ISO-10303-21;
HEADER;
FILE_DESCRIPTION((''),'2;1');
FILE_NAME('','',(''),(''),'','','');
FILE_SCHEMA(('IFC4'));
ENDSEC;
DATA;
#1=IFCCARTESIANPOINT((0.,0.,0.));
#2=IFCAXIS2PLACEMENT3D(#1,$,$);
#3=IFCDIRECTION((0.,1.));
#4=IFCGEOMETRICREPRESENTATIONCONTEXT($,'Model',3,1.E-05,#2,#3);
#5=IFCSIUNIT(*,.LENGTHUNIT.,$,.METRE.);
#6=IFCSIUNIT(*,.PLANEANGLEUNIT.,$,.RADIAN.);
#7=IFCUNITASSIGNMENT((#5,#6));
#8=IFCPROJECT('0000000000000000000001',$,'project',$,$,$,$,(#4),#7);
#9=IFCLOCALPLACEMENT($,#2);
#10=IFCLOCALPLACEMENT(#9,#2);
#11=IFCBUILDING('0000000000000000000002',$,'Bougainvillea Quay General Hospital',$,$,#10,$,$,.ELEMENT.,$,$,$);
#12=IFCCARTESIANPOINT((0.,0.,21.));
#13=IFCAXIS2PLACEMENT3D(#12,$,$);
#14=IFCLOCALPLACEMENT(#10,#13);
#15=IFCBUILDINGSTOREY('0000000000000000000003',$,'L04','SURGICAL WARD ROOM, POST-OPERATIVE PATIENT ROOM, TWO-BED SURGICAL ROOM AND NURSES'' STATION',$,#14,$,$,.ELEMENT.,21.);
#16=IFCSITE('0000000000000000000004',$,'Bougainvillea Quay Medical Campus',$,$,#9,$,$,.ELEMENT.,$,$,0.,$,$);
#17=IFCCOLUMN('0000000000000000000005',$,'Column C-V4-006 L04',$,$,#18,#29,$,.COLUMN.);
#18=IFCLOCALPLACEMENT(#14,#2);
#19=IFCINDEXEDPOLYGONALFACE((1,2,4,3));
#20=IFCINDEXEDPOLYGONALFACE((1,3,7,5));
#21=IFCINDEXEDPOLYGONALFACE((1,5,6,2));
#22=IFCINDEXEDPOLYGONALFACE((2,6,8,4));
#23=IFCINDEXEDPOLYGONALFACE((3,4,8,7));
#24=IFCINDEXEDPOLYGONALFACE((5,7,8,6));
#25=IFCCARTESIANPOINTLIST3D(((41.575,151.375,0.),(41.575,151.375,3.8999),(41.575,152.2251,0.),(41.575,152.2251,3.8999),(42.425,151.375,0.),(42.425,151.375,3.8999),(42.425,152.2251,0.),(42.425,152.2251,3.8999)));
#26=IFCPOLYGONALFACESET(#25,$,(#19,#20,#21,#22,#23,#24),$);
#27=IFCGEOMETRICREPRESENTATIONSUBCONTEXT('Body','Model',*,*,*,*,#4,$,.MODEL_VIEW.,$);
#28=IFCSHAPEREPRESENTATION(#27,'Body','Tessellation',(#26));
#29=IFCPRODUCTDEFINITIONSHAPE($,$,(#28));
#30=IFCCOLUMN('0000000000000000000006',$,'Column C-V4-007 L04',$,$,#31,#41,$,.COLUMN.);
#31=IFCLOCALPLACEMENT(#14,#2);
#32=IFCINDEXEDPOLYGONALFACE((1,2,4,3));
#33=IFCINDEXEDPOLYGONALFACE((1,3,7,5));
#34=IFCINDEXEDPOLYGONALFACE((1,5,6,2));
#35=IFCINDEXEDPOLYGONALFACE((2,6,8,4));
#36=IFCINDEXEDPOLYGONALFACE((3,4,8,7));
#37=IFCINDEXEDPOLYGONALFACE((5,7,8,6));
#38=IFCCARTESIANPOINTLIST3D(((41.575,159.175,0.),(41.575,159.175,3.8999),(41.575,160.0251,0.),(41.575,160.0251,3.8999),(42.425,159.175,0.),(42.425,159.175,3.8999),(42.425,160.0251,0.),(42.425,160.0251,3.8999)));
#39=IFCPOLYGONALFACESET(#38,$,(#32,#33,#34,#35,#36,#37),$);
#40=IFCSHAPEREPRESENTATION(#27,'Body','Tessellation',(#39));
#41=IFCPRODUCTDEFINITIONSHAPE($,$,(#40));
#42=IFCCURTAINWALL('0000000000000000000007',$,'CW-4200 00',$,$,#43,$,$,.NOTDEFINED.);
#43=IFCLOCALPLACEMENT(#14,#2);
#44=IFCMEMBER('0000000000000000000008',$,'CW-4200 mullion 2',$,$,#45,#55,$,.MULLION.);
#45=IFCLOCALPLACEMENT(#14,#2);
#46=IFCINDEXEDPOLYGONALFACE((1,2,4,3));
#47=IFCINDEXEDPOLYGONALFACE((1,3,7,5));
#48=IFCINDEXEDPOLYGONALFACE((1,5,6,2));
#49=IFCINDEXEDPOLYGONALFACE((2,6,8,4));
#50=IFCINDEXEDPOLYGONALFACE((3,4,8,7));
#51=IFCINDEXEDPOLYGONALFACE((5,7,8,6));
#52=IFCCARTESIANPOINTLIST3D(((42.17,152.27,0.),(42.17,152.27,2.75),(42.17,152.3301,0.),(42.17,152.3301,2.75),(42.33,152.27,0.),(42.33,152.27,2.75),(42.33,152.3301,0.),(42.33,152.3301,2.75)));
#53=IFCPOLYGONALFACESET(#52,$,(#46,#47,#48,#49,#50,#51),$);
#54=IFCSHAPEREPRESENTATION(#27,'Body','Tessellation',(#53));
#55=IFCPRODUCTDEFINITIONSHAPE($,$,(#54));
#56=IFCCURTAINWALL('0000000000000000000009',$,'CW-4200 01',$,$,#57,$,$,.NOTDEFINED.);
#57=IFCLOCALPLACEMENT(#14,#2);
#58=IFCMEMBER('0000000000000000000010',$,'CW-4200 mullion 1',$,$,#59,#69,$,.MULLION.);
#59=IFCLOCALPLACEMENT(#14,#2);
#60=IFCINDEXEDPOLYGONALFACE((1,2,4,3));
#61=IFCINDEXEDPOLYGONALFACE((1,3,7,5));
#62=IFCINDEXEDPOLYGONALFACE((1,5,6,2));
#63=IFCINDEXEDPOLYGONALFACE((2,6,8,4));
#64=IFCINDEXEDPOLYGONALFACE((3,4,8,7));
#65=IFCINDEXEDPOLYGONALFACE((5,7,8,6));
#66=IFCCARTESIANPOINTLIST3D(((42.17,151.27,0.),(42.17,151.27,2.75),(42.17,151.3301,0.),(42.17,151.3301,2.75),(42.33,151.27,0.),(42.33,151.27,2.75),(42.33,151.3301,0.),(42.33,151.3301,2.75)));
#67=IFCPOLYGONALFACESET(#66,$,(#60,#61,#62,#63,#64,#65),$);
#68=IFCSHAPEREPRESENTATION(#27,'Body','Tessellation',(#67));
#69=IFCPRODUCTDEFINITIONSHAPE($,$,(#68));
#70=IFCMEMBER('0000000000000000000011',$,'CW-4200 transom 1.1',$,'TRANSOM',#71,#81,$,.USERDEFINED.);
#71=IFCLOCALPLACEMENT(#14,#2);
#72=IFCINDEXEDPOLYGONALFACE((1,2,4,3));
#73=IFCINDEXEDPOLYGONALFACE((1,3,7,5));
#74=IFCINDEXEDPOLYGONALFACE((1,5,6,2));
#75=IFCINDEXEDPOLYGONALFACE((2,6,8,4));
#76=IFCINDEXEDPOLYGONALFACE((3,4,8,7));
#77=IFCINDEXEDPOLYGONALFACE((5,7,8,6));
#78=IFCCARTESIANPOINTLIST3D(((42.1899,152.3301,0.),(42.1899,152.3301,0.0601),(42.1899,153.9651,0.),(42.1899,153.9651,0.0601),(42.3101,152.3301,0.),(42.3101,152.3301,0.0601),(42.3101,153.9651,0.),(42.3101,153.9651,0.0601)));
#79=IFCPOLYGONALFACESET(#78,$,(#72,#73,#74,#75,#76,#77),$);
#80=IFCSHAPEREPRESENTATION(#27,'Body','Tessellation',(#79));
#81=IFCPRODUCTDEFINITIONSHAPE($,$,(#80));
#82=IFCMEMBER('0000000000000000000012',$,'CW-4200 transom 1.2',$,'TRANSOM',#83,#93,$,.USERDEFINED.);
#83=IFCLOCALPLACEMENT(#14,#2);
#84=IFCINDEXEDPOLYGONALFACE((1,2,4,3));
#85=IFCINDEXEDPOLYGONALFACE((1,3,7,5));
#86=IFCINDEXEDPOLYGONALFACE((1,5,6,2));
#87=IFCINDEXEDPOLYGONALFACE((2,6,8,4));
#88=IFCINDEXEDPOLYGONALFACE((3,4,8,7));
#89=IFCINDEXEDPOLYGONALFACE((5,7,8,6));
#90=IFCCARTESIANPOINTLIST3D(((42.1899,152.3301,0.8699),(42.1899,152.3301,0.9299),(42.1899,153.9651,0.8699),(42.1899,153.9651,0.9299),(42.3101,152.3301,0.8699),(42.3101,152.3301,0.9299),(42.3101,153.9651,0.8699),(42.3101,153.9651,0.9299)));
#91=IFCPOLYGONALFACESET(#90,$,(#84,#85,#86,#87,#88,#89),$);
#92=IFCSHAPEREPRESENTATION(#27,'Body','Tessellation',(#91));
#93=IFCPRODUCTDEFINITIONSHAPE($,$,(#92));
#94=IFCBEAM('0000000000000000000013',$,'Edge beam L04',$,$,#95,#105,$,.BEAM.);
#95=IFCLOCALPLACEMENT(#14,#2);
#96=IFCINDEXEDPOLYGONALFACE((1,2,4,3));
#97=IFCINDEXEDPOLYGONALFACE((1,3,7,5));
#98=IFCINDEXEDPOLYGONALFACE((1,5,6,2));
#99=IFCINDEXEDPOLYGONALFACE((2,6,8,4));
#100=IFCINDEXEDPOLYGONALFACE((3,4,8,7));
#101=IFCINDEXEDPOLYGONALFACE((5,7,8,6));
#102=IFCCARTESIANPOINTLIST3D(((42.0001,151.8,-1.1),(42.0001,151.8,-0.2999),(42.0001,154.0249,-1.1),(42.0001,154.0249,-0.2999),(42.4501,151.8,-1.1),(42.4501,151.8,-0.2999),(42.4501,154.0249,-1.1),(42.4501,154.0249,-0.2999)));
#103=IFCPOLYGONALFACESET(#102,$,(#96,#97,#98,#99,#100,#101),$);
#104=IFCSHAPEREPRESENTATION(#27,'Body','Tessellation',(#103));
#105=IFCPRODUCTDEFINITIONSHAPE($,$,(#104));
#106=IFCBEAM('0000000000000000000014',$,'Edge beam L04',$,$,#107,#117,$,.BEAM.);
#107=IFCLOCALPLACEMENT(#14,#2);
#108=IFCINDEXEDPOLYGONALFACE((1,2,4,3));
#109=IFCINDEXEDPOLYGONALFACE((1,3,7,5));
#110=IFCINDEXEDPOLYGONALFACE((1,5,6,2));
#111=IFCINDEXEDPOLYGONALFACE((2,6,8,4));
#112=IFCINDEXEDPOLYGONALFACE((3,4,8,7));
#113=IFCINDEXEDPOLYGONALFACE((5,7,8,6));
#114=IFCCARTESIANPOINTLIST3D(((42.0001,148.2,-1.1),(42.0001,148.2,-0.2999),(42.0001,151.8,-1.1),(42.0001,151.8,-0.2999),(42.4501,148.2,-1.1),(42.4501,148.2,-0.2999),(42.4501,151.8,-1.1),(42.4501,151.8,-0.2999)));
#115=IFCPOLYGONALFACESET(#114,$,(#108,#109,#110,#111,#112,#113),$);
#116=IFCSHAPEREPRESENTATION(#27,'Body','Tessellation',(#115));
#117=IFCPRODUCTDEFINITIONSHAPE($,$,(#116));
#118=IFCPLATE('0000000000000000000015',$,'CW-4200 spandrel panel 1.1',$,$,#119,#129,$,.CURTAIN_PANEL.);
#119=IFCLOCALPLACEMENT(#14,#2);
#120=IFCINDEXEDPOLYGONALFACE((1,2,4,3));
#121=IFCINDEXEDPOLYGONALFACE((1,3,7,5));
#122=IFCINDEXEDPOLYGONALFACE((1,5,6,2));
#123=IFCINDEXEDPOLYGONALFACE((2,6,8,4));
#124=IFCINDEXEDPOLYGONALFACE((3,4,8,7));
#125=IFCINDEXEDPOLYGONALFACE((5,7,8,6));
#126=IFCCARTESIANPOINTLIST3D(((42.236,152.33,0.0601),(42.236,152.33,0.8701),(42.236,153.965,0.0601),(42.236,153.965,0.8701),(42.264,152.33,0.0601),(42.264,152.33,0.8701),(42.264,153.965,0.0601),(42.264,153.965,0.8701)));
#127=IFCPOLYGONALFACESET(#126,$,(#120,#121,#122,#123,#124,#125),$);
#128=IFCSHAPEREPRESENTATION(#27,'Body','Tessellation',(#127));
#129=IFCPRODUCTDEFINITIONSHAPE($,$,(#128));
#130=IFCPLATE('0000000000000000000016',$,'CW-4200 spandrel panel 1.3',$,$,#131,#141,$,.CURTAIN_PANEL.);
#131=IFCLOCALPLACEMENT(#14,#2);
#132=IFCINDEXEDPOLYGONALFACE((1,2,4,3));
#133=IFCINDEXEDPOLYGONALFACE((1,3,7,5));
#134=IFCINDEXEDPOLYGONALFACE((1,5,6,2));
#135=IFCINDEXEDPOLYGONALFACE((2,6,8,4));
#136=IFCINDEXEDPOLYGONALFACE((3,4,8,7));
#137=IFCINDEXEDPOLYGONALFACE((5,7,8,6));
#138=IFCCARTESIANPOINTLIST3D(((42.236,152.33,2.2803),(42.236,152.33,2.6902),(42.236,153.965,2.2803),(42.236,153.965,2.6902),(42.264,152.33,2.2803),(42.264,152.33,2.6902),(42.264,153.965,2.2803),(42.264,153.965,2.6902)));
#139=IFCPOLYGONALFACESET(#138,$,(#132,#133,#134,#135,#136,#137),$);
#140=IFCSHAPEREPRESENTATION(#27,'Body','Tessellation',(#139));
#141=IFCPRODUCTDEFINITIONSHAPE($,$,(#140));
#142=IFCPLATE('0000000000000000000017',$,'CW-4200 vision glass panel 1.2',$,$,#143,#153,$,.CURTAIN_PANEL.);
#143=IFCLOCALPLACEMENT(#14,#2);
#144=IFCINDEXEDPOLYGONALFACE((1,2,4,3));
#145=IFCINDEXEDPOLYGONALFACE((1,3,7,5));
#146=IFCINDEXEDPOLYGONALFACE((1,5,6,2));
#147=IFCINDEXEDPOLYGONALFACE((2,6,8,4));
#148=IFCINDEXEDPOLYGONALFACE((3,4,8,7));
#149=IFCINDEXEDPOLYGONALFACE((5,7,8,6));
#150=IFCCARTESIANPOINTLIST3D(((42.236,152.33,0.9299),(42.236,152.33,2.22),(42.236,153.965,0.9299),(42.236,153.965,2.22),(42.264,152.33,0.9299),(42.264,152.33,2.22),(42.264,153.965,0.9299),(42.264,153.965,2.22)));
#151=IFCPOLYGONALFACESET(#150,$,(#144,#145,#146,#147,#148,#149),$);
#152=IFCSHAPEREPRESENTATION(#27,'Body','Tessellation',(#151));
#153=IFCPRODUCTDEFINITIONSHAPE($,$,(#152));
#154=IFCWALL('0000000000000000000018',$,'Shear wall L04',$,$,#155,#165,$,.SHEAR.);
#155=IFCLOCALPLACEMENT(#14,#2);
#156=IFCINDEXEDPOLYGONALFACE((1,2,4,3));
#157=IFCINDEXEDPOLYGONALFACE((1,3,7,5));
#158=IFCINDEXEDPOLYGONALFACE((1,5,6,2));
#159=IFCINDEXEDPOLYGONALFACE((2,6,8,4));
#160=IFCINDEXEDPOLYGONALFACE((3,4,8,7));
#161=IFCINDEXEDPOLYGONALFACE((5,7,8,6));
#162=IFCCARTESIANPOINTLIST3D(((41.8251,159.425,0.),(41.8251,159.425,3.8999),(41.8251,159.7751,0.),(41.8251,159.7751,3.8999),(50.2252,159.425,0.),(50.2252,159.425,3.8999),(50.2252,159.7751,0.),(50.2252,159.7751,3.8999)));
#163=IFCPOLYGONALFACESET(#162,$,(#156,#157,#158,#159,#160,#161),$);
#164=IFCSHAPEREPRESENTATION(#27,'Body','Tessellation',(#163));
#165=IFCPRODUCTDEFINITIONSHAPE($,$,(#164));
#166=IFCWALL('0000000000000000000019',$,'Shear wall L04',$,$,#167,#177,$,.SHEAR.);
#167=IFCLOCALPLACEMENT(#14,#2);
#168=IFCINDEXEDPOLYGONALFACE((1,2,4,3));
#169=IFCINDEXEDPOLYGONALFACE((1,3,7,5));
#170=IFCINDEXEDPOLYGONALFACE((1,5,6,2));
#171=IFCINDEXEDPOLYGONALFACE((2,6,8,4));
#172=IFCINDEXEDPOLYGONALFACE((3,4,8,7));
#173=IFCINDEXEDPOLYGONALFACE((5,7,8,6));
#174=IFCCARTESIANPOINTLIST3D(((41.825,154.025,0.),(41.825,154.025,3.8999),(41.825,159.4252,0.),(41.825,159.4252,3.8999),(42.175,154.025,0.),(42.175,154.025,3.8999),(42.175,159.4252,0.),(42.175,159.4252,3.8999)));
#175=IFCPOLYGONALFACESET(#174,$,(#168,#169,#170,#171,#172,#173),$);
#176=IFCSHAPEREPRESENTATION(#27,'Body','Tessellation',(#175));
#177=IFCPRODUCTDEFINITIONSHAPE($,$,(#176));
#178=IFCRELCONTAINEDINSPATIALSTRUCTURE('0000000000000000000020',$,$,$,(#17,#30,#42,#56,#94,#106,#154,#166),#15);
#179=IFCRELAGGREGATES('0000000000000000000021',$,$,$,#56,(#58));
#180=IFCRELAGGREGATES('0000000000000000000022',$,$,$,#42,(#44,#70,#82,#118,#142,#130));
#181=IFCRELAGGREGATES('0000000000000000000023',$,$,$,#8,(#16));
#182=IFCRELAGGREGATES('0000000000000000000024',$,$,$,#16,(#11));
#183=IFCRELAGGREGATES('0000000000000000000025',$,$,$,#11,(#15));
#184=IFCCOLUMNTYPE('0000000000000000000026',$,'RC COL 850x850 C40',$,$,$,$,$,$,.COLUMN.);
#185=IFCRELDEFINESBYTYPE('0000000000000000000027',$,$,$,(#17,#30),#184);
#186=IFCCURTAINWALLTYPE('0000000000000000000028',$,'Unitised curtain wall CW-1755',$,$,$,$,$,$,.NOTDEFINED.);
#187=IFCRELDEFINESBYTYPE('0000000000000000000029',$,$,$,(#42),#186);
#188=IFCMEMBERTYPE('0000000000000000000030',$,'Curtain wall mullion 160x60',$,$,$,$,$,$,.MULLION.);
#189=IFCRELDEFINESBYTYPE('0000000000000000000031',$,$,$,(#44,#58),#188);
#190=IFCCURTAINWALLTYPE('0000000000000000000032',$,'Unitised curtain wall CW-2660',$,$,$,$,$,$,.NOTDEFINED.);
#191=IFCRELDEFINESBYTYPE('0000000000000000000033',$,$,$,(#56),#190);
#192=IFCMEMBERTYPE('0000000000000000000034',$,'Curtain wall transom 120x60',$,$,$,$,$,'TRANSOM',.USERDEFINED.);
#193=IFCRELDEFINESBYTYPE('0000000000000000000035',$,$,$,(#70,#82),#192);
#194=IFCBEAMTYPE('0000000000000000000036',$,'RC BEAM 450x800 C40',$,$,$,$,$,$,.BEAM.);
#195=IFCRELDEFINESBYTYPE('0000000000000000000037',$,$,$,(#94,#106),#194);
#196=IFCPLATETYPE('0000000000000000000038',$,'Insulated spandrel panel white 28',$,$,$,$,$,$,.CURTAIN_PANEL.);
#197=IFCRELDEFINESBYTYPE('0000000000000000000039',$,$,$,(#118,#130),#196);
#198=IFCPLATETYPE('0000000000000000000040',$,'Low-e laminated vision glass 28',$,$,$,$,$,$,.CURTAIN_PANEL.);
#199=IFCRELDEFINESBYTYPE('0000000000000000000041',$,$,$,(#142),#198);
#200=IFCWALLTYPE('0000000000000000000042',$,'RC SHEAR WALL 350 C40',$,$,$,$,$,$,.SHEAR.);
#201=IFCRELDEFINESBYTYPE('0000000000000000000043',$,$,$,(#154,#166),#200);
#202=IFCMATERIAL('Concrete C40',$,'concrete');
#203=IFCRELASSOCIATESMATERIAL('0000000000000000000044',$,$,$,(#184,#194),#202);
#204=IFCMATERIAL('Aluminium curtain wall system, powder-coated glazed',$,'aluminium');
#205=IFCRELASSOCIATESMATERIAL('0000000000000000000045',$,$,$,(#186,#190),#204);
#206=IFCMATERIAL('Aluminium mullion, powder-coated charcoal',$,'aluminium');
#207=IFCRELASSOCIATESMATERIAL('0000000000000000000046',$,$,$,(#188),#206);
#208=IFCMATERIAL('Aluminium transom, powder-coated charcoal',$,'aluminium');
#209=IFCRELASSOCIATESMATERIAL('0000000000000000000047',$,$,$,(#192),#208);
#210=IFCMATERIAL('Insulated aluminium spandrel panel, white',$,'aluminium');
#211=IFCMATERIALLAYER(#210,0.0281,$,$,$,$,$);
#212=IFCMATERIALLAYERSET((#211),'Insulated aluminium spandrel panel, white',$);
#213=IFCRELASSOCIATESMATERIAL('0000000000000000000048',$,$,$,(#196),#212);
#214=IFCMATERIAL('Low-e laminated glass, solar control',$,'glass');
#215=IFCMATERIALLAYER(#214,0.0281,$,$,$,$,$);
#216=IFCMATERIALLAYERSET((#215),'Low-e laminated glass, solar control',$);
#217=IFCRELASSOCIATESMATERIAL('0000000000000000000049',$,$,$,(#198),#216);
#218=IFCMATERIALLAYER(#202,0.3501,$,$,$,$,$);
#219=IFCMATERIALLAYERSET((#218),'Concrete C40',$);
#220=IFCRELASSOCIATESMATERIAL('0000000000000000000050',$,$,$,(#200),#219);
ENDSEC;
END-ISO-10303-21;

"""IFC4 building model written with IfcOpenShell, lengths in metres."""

from ifc_helpers import new_model, si_unit, direction, frame, frame_2d, origin, origin_2d, place, context, subcontext, project, spatial, rectangle, extrude, material, layer, layer_set, material_profile, profile_set, type_object, element, aggregate, save


model = new_model("IFC4")

# Units and contexts
model_context = context("Model", 3, precision=1e-05, world=origin(), true_north=direction((0.0, 1.0)))
body_context = subcontext(model_context, "Body", "Model", "MODEL_VIEW")
ifc_project = project(units=[si_unit("LENGTHUNIT", "METRE"), si_unit("PLANEANGLEUNIT", "RADIAN")], contexts=[model_context])

# Site, building, storey
site_placement = place(None, origin())
site = spatial("IfcSite", under=ifc_project, at=site_placement, Name="Bougainvillea Quay Medical Campus", CompositionType="ELEMENT", RefElevation=0.0)
building_placement = place(site_placement, origin())
building = spatial("IfcBuilding", under=site, at=building_placement, Name="Bougainvillea Quay General Hospital", CompositionType="ELEMENT")
storey_placement = place(building_placement, frame((0.0, 0.0, 21.0)))
storey = spatial("IfcBuildingStorey", under=building, at=storey_placement, Name="L04", Description="SURGICAL WARD ROOM, POST-OPERATIVE PATIENT ROOM, TWO-BED SURGICAL ROOM AND NURSES' STATION", CompositionType="ELEMENT", Elevation=21.0)

# Columns
ifc_material_1 = material(Name="Concrete C40", Category="concrete")
ifc_material_profile_1 = material_profile(ifc_material_1, rectangle(XDim=0.8501, YDim=0.8501, at=origin_2d()))
ifc_profile_set_1 = profile_set([ifc_material_profile_1], Name="Concrete C40")
column_type = type_object("IfcColumnType", Name="RC COL 850x850 C40", PredefinedType="COLUMN", material=ifc_profile_set_1)
for number, where, z_axis, x_axis, name in (
    (1, (42.0, 151.8, 0.0), (0.0, 0.0, 1.0), (1.0, 0.0, 0.0), "Column C-V4-006 L04"),
    (2, (42.0, 159.6001, 0.0), (0.0, 0.0, 1.0), (1.0, 0.0, 0.0), "Column C-V4-007 L04"),
):
    element("IfcColumn", number, at=place(storey_placement, frame(where, z_axis=z_axis, x_axis=x_axis)), inside=storey, type_object=column_type, Name=name, PredefinedType="COLUMN", context=body_context, shape_type="SweptSolid", body=[
        extrude(rectangle(XDim=0.8501, YDim=0.8501, at=origin_2d()), origin(), (0.0, 0.0, 1.0), 3.8999),
    ])

# Curtain walls, members
ifc_material_2 = material(Name="Aluminium curtain wall system, powder-coated glazed", Category="aluminium")
curtain_wall_type_1 = type_object("IfcCurtainWallType", Name="Unitised curtain wall CW-1755", PredefinedType="NOTDEFINED", material=ifc_material_2)
curtain_wall_1_placement = place(storey_placement, origin())
curtain_wall_1 = element("IfcCurtainWall", 3, at=curtain_wall_1_placement, inside=storey, type_object=curtain_wall_type_1, Name="CW-4200 00", PredefinedType="NOTDEFINED")
ifc_material_3 = material(Name="Aluminium mullion, powder-coated charcoal", Category="aluminium")
ifc_material_profile_2 = material_profile(ifc_material_3, rectangle(XDim=0.1599, YDim=0.0601, at=origin_2d()))
ifc_profile_set_2 = profile_set([ifc_material_profile_2], Name="Aluminium mullion, powder-coated charcoal")
member_type_1 = type_object("IfcMemberType", Name="Curtain wall mullion 160x60", PredefinedType="MULLION", material=ifc_profile_set_2)
member_1_placement = place(storey_placement, frame((42.25, 152.3, 0.0), z_axis=(0.0, 0.0, 1.0), x_axis=(1.0, 0.0, 0.0)))
member_1 = element("IfcMember", 4, at=member_1_placement, type_object=member_type_1, Name="CW-4200 mullion 2", PredefinedType="MULLION", context=body_context, shape_type="SweptSolid", body=[
    extrude(rectangle(XDim=0.1599, YDim=0.0601, at=origin_2d()), origin(), (0.0, 0.0, 1.0), 2.75),
])
curtain_wall_type_2 = type_object("IfcCurtainWallType", Name="Unitised curtain wall CW-2660", PredefinedType="NOTDEFINED", material=ifc_material_2)
curtain_wall_2_placement = place(storey_placement, origin())
curtain_wall_2 = element("IfcCurtainWall", 5, at=curtain_wall_2_placement, inside=storey, type_object=curtain_wall_type_2, Name="CW-4200 01", PredefinedType="NOTDEFINED")
member_2_placement = place(storey_placement, frame((42.25, 151.3, 0.0), z_axis=(0.0, 0.0, 1.0), x_axis=(1.0, 0.0, 0.0)))
member_2 = element("IfcMember", 6, at=member_2_placement, type_object=member_type_1, Name="CW-4200 mullion 1", PredefinedType="MULLION", context=body_context, shape_type="SweptSolid", body=[
    extrude(rectangle(XDim=0.1599, YDim=0.0601, at=origin_2d()), origin(), (0.0, 0.0, 1.0), 2.75),
])
aggregate(curtain_wall_2, [member_2])

# Members
ifc_material_4 = material(Name="Aluminium transom, powder-coated charcoal", Category="aluminium")
ifc_material_profile_3 = material_profile(ifc_material_4, rectangle(XDim=0.1201, YDim=0.0601, at=origin_2d()))
ifc_profile_set_3 = profile_set([ifc_material_profile_3], Name="Aluminium transom, powder-coated charcoal")
member_type_2 = type_object("IfcMemberType", Name="Curtain wall transom 120x60", ElementType="TRANSOM", PredefinedType="USERDEFINED", material=ifc_profile_set_3)
member_3_placement = place(storey_placement, frame((42.25, 153.9651, 0.03), z_axis=(0.0, -1.0, 0.0), x_axis=(1.0, 0.0, 0.0)))
member_3 = element("IfcMember", 7, at=member_3_placement, type_object=member_type_2, Name="CW-4200 transom 1.1", ObjectType="TRANSOM", PredefinedType="USERDEFINED", context=body_context, shape_type="SweptSolid", body=[
    extrude(rectangle(XDim=0.1201, YDim=0.0601, at=origin_2d()), origin(), (0.0, 0.0, 1.0), 1.635),
])
member_4_placement = place(storey_placement, frame((42.25, 153.9651, 0.8999), z_axis=(0.0, -1.0, 0.0), x_axis=(1.0, 0.0, 0.0)))
member_4 = element("IfcMember", 8, at=member_4_placement, type_object=member_type_2, Name="CW-4200 transom 1.2", ObjectType="TRANSOM", PredefinedType="USERDEFINED", context=body_context, shape_type="SweptSolid", body=[
    extrude(rectangle(XDim=0.1201, YDim=0.0601, at=origin_2d()), origin(), (0.0, 0.0, 1.0), 1.635),
])

# Beams
ifc_material_profile_4 = material_profile(ifc_material_1, rectangle(XDim=0.45, YDim=0.8, at=origin_2d()))
ifc_profile_set_4 = profile_set([ifc_material_profile_4], Name="Concrete C40")
beam_type = type_object("IfcBeamType", Name="RC BEAM 450x800 C40", PredefinedType="BEAM", material=ifc_profile_set_4)
beam_1_placement = place(storey_placement, frame((42.2251, 154.0249, -0.7), z_axis=(0.0, -1.0, 0.0), x_axis=(1.0, 0.0, 0.0)))
element("IfcBeam", 9, at=beam_1_placement, inside=storey, type_object=beam_type, Name="Edge beam L04", PredefinedType="BEAM", context=body_context, shape_type="SweptSolid", body=[
    extrude(rectangle(XDim=0.45, YDim=0.8, at=origin_2d()), origin(), (0.0, 0.0, 1.0), 2.2249),
])
beam_2_placement = place(storey_placement, frame((42.2251, 151.8, -0.7), z_axis=(0.0, -1.0, 0.0), x_axis=(1.0, 0.0, 0.0)))
element("IfcBeam", 10, at=beam_2_placement, inside=storey, type_object=beam_type, Name="Edge beam L04", PredefinedType="BEAM", context=body_context, shape_type="SweptSolid", body=[
    extrude(rectangle(XDim=0.45, YDim=0.8, at=origin_2d()), origin(), (0.0, 0.0, 1.0), 3.6001),
])

# Plates
ifc_material_5 = material(Name="Insulated aluminium spandrel panel, white", Category="aluminium")
ifc_layer_1 = layer(ifc_material_5, 0.0281)
ifc_layer_set_1 = layer_set([ifc_layer_1], Name="Insulated aluminium spandrel panel, white")
plate_type_1 = type_object("IfcPlateType", Name="Insulated spandrel panel white 28", PredefinedType="CURTAIN_PANEL", material=ifc_layer_set_1)
plate_1_placement = place(storey_placement, frame((42.25, 153.1475, 0.0601), z_axis=(0.0, 0.0, 1.0), x_axis=(0.0, -1.0, 0.0)))
plate_1 = element("IfcPlate", 11, at=plate_1_placement, type_object=plate_type_1, Name="CW-4200 spandrel panel 1.1", PredefinedType="CURTAIN_PANEL", context=body_context, shape_type="SweptSolid", body=[
    extrude(rectangle(XDim=1.635, YDim=0.0281, at=origin_2d()), origin(), (0.0, 0.0, 1.0), 0.8101),
])
plate_2_placement = place(storey_placement, frame((42.25, 153.1475, 2.2803), z_axis=(0.0, 0.0, 1.0), x_axis=(0.0, -1.0, 0.0)))
plate_2 = element("IfcPlate", 12, at=plate_2_placement, type_object=plate_type_1, Name="CW-4200 spandrel panel 1.3", PredefinedType="CURTAIN_PANEL", context=body_context, shape_type="SweptSolid", body=[
    extrude(rectangle(XDim=1.635, YDim=0.0281, at=origin_2d()), origin(), (0.0, 0.0, 1.0), 0.4099),
])
ifc_material_6 = material(Name="Low-e laminated glass, solar control", Category="glass")
ifc_layer_2 = layer(ifc_material_6, 0.0281)
ifc_layer_set_2 = layer_set([ifc_layer_2], Name="Low-e laminated glass, solar control")
plate_type_2 = type_object("IfcPlateType", Name="Low-e laminated vision glass 28", PredefinedType="CURTAIN_PANEL", material=ifc_layer_set_2)
plate_3_placement = place(storey_placement, frame((42.25, 153.1475, 0.9299), z_axis=(0.0, 0.0, 1.0), x_axis=(0.0, -1.0, 0.0)))
plate_3 = element("IfcPlate", 13, at=plate_3_placement, type_object=plate_type_2, Name="CW-4200 vision glass panel 1.2", PredefinedType="CURTAIN_PANEL", context=body_context, shape_type="SweptSolid", body=[
    extrude(rectangle(XDim=1.635, YDim=0.0281, at=origin_2d()), origin(), (0.0, 0.0, 1.0), 1.29),
])
aggregate(curtain_wall_1, [member_1, member_3, member_4, plate_1, plate_3, plate_2])

# Walls
ifc_layer_3 = layer(ifc_material_1, 0.3501)
ifc_layer_set_3 = layer_set([ifc_layer_3], Name="Concrete C40")
wall_type = type_object("IfcWallType", Name="RC SHEAR WALL 350 C40", PredefinedType="SHEAR", material=ifc_layer_set_3)
wall_1_placement = place(storey_placement, frame((41.825, 159.6001, 0.0), z_axis=(0.0, 0.0, 1.0), x_axis=(1.0, 0.0, 0.0)))
element("IfcWall", 14, at=wall_1_placement, inside=storey, type_object=wall_type, Name="Shear wall L04", PredefinedType="SHEAR", context=body_context, shape_type="SweptSolid", body=[
    extrude(rectangle(XDim=8.4001, YDim=0.3501, at=frame_2d((4.2002, 0.0))), origin(), (0.0, 0.0, 1.0), 3.8999),
])
wall_2_placement = place(storey_placement, frame((42.0, 154.0249, 0.0), z_axis=(0.0, 0.0, 1.0), x_axis=(0.0, 1.0, 0.0)))
element("IfcWall", 15, at=wall_2_placement, inside=storey, type_object=wall_type, Name="Shear wall L04", PredefinedType="SHEAR", context=body_context, shape_type="SweptSolid", body=[
    extrude(rectangle(XDim=5.4001, YDim=0.3501, at=frame_2d((2.7002, 0.0))), origin(), (0.0, 0.0, 1.0), 3.8999),
])

save(model, "model.ifc")
